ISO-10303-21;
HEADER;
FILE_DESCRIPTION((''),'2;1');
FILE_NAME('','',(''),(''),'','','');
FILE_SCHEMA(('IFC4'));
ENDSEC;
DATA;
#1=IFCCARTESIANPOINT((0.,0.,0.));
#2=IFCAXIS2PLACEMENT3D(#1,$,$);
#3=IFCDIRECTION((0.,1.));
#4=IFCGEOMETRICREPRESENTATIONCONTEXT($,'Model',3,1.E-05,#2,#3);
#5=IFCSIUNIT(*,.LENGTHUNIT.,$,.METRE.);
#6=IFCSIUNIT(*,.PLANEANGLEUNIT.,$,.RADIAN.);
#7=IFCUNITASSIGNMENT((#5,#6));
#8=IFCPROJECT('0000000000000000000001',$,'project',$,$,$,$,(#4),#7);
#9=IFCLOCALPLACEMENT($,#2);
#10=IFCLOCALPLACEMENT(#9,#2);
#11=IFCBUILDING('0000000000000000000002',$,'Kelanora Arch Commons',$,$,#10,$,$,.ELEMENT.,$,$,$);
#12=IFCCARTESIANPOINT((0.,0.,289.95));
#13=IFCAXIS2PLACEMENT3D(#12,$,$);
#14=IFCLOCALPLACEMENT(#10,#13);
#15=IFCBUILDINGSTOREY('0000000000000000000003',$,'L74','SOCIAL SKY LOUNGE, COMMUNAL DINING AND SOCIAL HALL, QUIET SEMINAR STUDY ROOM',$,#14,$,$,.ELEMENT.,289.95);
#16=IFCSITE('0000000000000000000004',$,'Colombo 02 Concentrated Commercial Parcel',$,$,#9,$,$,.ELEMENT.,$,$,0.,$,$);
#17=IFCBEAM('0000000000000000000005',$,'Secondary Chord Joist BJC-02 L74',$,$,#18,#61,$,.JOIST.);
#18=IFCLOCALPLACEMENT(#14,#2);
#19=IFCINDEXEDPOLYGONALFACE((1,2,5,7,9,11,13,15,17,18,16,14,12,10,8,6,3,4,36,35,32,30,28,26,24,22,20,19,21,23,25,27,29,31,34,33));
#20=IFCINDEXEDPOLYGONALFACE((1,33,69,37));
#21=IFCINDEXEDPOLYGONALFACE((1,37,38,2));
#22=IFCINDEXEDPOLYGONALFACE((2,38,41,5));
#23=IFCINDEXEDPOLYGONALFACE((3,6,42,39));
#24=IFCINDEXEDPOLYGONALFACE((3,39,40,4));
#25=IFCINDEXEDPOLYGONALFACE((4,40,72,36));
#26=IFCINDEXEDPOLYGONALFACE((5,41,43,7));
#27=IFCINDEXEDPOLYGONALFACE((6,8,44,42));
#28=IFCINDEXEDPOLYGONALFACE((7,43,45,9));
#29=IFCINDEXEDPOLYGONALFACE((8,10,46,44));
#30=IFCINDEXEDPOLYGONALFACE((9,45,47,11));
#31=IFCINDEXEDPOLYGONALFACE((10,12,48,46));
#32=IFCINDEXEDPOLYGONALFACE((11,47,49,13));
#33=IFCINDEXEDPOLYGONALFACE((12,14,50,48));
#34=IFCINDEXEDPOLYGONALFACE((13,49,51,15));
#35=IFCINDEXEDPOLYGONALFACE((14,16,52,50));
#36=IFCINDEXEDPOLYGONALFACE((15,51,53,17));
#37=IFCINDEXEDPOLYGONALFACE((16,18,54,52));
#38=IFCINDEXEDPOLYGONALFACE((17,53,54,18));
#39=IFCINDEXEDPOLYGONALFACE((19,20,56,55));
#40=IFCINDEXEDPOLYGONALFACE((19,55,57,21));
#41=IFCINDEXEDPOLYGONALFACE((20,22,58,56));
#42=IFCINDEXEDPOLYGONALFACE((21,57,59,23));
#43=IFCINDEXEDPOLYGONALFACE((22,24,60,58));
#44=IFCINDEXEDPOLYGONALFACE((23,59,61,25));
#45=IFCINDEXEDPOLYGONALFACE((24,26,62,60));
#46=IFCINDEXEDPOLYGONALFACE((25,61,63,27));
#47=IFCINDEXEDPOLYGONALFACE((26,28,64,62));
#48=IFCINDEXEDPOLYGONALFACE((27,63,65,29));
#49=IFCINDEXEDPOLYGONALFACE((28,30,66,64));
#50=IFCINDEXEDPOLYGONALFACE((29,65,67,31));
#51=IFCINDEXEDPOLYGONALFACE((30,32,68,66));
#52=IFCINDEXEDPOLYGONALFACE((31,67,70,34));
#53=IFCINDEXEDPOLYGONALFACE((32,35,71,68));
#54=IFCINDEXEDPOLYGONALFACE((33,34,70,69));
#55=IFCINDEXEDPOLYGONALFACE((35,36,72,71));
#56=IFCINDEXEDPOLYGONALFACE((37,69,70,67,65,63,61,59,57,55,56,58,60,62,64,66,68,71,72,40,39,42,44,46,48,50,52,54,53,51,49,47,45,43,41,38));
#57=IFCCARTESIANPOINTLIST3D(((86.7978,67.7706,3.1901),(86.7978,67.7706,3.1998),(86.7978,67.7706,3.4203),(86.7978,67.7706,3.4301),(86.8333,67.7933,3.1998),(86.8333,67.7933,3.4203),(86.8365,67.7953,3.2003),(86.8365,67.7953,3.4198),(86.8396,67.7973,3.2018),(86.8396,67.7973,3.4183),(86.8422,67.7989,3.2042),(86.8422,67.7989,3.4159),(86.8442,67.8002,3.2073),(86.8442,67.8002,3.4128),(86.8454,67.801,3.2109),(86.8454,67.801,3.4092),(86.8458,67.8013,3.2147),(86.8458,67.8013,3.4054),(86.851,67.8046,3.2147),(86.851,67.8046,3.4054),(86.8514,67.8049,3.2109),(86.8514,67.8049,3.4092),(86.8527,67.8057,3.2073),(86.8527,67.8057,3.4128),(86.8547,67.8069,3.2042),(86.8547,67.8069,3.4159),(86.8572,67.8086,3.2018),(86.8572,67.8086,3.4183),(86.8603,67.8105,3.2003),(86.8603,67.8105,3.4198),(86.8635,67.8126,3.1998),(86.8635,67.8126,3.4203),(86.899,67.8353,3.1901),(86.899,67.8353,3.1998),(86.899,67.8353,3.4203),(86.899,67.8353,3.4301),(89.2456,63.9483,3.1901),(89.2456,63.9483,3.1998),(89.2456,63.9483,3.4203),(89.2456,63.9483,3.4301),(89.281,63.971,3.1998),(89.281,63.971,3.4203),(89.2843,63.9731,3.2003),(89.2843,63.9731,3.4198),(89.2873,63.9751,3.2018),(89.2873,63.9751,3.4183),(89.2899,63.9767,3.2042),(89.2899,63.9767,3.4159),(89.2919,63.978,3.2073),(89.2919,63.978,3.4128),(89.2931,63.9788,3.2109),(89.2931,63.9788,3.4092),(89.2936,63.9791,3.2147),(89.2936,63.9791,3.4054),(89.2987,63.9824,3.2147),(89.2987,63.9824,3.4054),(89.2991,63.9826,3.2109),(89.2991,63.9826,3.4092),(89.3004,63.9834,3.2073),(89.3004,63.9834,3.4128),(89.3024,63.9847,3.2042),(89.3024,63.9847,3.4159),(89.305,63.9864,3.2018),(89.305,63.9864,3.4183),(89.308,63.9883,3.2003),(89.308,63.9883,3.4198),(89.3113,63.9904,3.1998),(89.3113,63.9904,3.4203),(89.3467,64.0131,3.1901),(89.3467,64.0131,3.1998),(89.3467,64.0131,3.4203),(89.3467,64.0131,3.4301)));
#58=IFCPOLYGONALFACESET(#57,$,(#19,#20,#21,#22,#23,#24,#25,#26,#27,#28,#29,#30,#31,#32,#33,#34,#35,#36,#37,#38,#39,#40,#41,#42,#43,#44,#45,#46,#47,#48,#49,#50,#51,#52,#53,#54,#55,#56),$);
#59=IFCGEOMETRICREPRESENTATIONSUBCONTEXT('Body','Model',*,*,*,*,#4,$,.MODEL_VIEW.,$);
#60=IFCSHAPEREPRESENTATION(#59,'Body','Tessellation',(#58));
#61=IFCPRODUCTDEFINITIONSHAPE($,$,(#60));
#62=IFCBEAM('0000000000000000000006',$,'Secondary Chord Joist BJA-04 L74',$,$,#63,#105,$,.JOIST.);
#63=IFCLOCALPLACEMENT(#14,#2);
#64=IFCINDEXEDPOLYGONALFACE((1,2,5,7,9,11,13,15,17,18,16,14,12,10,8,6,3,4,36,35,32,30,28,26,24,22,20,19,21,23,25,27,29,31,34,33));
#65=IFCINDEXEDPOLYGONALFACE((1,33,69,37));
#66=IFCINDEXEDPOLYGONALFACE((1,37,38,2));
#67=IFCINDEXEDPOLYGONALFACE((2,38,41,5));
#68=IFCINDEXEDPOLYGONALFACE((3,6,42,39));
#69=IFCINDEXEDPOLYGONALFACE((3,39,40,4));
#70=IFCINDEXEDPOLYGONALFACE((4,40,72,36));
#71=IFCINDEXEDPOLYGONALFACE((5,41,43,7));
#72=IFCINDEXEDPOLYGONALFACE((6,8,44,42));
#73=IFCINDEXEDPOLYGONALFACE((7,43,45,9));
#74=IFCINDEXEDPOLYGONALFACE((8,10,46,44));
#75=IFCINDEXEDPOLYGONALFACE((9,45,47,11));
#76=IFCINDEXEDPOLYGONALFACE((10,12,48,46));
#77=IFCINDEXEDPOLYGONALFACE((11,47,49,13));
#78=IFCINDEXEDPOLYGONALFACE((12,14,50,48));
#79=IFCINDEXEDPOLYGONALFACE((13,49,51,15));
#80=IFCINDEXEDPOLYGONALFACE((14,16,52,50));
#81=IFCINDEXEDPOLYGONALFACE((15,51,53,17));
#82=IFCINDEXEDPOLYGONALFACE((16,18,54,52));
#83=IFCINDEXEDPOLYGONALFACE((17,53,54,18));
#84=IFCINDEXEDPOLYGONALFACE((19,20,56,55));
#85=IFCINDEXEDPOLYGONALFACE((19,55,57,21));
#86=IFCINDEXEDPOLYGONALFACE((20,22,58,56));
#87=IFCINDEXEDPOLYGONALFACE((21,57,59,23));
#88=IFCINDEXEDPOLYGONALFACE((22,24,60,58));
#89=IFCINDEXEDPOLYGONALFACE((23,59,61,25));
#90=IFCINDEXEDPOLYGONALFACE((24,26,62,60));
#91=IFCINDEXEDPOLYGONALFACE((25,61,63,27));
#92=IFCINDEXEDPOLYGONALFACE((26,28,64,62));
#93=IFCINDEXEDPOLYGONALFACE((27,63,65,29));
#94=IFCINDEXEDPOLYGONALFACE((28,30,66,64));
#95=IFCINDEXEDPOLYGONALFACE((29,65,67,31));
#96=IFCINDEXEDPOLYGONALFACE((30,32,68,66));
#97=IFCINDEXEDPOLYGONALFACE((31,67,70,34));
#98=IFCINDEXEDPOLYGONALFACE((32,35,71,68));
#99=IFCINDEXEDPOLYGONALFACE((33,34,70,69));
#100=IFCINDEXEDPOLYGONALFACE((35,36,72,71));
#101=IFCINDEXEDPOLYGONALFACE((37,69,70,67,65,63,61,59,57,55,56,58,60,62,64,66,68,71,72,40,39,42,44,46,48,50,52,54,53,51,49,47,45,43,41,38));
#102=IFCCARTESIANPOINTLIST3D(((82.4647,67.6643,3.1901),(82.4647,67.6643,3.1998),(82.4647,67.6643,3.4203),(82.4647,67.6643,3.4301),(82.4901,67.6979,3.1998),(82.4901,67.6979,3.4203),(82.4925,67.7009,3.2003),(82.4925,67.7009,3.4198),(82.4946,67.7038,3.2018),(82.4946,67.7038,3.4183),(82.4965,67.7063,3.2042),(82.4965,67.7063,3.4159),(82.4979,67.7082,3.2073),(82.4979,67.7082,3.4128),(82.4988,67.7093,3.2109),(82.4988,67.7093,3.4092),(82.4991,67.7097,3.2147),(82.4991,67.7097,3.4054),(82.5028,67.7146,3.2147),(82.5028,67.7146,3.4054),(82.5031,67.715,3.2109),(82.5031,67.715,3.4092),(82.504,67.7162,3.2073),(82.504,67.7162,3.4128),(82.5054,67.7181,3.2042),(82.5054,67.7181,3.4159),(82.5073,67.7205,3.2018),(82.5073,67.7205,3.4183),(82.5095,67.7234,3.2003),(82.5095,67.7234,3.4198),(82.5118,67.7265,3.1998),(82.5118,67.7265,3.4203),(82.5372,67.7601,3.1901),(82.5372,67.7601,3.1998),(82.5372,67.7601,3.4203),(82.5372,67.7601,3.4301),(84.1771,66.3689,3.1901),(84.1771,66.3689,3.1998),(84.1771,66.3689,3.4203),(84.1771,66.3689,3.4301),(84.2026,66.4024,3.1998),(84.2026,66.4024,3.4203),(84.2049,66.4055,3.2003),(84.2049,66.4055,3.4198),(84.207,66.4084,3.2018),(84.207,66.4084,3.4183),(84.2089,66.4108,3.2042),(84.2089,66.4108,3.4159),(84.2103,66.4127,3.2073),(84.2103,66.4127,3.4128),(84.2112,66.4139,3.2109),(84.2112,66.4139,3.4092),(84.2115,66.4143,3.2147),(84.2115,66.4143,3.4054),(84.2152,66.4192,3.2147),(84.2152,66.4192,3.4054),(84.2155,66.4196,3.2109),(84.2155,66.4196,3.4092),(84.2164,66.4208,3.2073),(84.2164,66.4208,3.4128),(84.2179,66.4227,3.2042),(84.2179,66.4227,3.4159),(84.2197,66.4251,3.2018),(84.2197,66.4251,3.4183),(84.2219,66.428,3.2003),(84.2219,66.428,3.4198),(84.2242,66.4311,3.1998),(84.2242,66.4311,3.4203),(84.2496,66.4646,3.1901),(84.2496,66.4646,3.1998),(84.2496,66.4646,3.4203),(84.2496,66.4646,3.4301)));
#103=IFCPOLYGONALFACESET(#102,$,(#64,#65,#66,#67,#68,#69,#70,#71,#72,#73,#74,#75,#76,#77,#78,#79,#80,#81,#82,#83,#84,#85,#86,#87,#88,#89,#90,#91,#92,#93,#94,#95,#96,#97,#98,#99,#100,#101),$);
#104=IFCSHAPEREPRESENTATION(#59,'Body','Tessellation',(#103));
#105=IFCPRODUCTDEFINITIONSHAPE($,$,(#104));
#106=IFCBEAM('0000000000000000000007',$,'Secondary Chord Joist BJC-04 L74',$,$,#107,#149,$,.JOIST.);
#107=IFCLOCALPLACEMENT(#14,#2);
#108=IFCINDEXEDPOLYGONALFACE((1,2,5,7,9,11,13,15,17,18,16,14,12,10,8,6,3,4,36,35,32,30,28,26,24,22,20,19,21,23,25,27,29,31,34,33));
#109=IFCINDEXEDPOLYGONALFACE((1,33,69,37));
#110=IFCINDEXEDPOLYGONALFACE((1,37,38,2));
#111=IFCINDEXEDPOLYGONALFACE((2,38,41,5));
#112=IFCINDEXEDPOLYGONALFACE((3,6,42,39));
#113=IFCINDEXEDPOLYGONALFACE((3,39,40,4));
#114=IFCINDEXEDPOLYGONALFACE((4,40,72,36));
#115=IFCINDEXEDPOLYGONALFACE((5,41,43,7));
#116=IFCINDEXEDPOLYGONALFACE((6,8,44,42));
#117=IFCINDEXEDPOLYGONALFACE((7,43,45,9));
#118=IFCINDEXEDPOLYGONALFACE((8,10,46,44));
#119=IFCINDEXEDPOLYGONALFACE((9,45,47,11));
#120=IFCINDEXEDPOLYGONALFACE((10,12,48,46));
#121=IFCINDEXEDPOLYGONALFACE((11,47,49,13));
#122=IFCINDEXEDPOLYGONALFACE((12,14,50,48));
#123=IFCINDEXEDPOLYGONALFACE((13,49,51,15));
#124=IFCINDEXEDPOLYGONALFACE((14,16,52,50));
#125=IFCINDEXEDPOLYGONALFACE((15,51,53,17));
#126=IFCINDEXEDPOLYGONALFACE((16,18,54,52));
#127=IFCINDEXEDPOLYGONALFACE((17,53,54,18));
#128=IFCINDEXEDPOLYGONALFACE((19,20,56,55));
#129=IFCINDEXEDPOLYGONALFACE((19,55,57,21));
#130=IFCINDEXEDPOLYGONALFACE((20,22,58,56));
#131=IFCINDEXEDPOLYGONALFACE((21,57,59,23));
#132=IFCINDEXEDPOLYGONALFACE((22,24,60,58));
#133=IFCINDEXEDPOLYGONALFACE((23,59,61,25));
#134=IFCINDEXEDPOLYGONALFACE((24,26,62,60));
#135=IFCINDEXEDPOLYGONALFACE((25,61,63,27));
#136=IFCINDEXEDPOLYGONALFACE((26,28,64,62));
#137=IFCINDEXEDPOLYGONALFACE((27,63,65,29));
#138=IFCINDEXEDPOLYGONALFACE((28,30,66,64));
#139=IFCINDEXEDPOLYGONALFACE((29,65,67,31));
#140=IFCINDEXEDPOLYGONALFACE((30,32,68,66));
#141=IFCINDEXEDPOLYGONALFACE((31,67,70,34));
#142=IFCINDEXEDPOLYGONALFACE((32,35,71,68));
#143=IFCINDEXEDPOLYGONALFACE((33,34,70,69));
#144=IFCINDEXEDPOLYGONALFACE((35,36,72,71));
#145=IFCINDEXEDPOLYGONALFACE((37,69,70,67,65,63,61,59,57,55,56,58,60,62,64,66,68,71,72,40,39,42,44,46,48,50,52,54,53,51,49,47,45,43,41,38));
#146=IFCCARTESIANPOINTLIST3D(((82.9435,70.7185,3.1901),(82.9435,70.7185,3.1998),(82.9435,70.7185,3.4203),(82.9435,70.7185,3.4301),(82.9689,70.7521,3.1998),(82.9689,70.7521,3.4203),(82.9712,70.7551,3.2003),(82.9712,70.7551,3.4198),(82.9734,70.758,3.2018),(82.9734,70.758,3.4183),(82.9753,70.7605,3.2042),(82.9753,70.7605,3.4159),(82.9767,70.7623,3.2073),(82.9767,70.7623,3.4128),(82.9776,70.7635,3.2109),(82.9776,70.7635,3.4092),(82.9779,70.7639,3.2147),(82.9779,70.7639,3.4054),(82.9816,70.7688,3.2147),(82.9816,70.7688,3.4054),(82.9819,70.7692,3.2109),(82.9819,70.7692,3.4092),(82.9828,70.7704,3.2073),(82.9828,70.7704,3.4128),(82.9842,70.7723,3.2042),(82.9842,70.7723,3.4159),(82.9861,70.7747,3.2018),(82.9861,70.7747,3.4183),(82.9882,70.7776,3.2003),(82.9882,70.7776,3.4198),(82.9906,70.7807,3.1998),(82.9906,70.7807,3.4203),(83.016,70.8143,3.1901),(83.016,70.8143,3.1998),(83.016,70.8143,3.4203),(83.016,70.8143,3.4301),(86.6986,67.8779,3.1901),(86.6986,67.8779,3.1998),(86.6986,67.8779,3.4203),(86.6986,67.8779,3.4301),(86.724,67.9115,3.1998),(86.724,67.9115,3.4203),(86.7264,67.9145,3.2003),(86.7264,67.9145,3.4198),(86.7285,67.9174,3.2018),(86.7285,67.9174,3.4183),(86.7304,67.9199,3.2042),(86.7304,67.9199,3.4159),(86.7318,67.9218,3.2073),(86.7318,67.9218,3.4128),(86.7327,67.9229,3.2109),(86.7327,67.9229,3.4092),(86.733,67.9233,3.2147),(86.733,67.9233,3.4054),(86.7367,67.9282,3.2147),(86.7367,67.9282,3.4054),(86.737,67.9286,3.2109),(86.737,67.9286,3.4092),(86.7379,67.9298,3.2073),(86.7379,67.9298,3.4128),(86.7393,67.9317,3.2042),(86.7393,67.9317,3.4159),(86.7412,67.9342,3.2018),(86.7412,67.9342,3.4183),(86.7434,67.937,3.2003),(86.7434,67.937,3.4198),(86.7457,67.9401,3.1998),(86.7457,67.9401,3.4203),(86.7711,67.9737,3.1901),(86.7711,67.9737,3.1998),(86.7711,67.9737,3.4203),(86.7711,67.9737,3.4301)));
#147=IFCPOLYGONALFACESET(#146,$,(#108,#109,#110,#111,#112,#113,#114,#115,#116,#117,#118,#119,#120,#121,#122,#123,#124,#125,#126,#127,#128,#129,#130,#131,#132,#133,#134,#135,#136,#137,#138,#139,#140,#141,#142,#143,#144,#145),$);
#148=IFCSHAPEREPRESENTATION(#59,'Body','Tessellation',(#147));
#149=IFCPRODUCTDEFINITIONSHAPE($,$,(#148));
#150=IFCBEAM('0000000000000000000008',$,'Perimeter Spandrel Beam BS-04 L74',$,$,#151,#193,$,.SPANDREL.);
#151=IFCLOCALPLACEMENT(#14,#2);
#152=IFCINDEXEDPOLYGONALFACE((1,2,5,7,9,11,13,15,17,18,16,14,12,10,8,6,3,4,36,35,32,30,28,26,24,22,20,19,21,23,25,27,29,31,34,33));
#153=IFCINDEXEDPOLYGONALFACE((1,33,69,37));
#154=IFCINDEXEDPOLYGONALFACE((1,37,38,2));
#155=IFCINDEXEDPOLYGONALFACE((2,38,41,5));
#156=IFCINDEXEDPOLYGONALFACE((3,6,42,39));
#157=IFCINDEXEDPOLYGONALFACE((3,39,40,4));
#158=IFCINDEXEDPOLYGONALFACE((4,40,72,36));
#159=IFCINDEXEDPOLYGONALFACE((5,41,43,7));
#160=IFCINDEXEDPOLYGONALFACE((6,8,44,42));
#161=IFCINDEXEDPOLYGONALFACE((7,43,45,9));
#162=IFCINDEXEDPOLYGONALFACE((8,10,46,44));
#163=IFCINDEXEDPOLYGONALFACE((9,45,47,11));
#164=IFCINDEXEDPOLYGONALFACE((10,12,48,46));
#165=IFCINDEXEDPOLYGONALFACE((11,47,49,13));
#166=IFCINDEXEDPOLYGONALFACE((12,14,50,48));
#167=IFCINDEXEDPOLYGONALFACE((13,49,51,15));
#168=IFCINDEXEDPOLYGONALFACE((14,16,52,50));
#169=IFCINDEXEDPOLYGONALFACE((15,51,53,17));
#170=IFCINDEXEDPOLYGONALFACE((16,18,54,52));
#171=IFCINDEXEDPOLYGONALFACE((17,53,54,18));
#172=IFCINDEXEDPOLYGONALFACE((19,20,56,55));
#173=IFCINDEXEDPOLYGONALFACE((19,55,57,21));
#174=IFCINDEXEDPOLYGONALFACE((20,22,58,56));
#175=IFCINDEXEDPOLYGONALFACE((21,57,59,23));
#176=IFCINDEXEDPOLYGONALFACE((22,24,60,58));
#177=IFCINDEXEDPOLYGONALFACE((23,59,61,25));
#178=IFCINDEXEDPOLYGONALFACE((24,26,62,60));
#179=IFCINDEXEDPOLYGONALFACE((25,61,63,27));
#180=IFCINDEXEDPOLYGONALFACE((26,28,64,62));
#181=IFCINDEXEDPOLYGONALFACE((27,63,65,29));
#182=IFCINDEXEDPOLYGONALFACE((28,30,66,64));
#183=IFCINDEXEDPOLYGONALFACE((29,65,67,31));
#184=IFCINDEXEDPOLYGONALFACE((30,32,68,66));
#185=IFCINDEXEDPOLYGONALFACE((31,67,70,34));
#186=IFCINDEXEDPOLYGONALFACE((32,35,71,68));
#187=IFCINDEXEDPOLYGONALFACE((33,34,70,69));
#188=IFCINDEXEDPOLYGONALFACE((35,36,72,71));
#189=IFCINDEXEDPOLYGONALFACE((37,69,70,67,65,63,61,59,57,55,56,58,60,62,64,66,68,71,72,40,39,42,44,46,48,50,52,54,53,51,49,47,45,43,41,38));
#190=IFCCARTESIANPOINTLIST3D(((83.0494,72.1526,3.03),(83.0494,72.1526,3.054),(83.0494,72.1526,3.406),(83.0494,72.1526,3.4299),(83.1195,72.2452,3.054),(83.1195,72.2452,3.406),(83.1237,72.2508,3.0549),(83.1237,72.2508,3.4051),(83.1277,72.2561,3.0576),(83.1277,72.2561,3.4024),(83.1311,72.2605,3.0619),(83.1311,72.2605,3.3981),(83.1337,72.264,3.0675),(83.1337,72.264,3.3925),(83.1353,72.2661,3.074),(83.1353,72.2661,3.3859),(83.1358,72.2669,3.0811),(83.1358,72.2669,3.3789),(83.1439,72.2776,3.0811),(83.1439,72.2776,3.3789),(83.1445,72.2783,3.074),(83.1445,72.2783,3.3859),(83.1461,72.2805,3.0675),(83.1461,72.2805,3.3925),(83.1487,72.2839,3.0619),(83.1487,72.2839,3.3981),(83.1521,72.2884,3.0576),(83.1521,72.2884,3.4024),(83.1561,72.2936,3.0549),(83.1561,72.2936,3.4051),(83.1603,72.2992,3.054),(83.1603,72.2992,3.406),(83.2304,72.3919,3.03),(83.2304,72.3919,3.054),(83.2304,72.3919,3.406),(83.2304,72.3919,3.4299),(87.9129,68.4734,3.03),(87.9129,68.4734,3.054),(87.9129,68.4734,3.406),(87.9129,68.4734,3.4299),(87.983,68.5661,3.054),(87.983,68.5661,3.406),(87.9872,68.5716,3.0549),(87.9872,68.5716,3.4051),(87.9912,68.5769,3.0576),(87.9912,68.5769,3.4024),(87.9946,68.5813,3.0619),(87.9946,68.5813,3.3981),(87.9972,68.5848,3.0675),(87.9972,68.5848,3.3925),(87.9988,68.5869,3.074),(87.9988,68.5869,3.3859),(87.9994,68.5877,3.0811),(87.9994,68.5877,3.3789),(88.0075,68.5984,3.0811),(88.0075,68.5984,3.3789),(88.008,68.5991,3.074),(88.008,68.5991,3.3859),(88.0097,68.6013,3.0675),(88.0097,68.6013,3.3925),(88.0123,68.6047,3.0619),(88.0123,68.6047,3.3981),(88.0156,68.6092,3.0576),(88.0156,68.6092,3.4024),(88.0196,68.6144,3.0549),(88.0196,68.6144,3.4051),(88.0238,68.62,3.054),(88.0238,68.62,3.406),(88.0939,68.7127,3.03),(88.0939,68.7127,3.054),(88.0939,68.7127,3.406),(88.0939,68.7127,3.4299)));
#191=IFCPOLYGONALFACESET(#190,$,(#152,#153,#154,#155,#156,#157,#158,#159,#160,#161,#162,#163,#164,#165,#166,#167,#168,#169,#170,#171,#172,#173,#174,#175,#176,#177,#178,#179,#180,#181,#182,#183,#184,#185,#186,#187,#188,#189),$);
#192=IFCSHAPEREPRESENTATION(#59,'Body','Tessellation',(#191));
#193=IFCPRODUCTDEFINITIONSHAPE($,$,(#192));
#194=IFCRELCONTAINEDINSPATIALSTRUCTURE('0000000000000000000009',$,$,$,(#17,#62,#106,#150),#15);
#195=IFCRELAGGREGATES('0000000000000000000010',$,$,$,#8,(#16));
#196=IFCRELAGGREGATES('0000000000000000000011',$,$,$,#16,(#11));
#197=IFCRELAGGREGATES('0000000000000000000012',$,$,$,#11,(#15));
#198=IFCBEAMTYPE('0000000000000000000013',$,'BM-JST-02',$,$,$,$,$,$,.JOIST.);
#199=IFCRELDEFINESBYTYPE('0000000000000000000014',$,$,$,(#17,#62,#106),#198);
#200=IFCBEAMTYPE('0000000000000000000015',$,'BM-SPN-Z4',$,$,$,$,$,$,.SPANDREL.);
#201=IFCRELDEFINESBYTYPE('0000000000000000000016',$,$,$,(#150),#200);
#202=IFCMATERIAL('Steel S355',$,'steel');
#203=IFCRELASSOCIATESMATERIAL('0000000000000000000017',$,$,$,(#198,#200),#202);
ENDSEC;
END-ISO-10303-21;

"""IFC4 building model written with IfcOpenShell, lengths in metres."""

from ifc_helpers import new_model, si_unit, direction, frame, origin, origin_2d, place, context, subcontext, project, spatial, i_section, extrude, material, material_profile, profile_set, type_object, element, save


model = new_model("IFC4")

# Units and contexts
model_context = context("Model", 3, precision=1e-05, world=origin(), true_north=direction((0.0, 1.0)))
body_context = subcontext(model_context, "Body", "Model", "MODEL_VIEW")
ifc_project = project(units=[si_unit("LENGTHUNIT", "METRE"), si_unit("PLANEANGLEUNIT", "RADIAN")], contexts=[model_context])

# Site, building, storey
site_placement = place(None, origin())
site = spatial("IfcSite", under=ifc_project, at=site_placement, Name="Colombo 02 Concentrated Commercial Parcel", CompositionType="ELEMENT", RefElevation=0.0)
building_placement = place(site_placement, origin())
building = spatial("IfcBuilding", under=site, at=building_placement, Name="Kelanora Arch Commons", CompositionType="ELEMENT")
storey_placement = place(building_placement, frame((0.0, 0.0, 289.95)))
storey = spatial("IfcBuildingStorey", under=building, at=storey_placement, Name="L74", Description="SOCIAL SKY LOUNGE, COMMUNAL DINING AND SOCIAL HALL, QUIET SEMINAR STUDY ROOM", CompositionType="ELEMENT", Elevation=289.95)

# Beams
ifc_material_1 = material(Name="Steel S355", Category="steel")
ifc_material_profile_1 = material_profile(ifc_material_1, i_section(OverallWidth=0.1201, OverallDepth=0.24, WebThickness=0.0061, FlangeThickness=0.0098, FilletRadius=0.0149, at=origin_2d()), Name="IPE240")
ifc_profile_set_1 = profile_set([ifc_material_profile_1], Name="Steel S355")
beam_type_1 = type_object("IfcBeamType", Name="BM-JST-02", PredefinedType="JOIST", material=ifc_profile_set_1)
beam_1_placement = place(storey_placement, frame((89.2961, 63.9807, 3.3101), z_axis=(-0.539289, 0.842121, 0.0), x_axis=(-0.842121, -0.539289, 0.0)))
element("IfcBeam", 1, at=beam_1_placement, inside=storey, type_object=beam_type_1, Name="Secondary Chord Joist BJC-02 L74", PredefinedType="JOIST", context=body_context, shape_type="SweptSolid", body=[
    extrude(i_section(OverallWidth=0.1201, OverallDepth=0.24, WebThickness=0.0061, FlangeThickness=0.0098, FilletRadius=0.0149, at=origin_2d()), origin(), (0.0, 0.0, 1.0), 4.5388),
])
beam_2_placement = place(storey_placement, frame((84.2134, 66.4167, 3.3101), z_axis=(-0.79751, 0.603306, 0.0), x_axis=(-0.603306, -0.79751, 0.0)))
element("IfcBeam", 2, at=beam_2_placement, inside=storey, type_object=beam_type_1, Name="Secondary Chord Joist BJA-04 L74", PredefinedType="JOIST", context=body_context, shape_type="SweptSolid", body=[
    extrude(i_section(OverallWidth=0.1201, OverallDepth=0.24, WebThickness=0.0061, FlangeThickness=0.0098, FilletRadius=0.0149, at=origin_2d()), origin(), (0.0, 0.0, 1.0), 2.1472),
])
beam_3_placement = place(storey_placement, frame((86.7349, 67.9258, 3.3101), z_axis=(-0.797523, 0.603289, 0.0), x_axis=(-0.603289, -0.797523, 0.0)))
element("IfcBeam", 3, at=beam_3_placement, inside=storey, type_object=beam_type_1, Name="Secondary Chord Joist BJC-04 L74", PredefinedType="JOIST", context=body_context, shape_type="SweptSolid", body=[
    extrude(i_section(OverallWidth=0.1201, OverallDepth=0.24, WebThickness=0.0061, FlangeThickness=0.0098, FilletRadius=0.0149, at=origin_2d()), origin(), (0.0, 0.0, 1.0), 4.7085),
])
ifc_material_profile_2 = material_profile(ifc_material_1, i_section(OverallWidth=0.3, OverallDepth=0.3999, WebThickness=0.0134, FlangeThickness=0.0239, FilletRadius=0.0271, at=origin_2d()), Name="HEB400")
ifc_profile_set_2 = profile_set([ifc_material_profile_2], Name="Steel S355")
beam_type_2 = type_object("IfcBeamType", Name="BM-SPN-Z4", PredefinedType="SPANDREL", material=ifc_profile_set_2)
beam_4_placement = place(storey_placement, frame((88.0034, 68.593, 3.23), z_axis=(-0.797509, 0.603306, 0.0), x_axis=(-0.603306, -0.797509, 0.0)))
element("IfcBeam", 4, at=beam_4_placement, inside=storey, type_object=beam_type_2, Name="Perimeter Spandrel Beam BS-04 L74", PredefinedType="SPANDREL", context=body_context, shape_type="SweptSolid", body=[
    extrude(i_section(OverallWidth=0.3, OverallDepth=0.3999, WebThickness=0.0134, FlangeThickness=0.0239, FilletRadius=0.0271, at=origin_2d()), origin(), (0.0, 0.0, 1.0), 6.0984),
])

save(model, "model.ifc")
